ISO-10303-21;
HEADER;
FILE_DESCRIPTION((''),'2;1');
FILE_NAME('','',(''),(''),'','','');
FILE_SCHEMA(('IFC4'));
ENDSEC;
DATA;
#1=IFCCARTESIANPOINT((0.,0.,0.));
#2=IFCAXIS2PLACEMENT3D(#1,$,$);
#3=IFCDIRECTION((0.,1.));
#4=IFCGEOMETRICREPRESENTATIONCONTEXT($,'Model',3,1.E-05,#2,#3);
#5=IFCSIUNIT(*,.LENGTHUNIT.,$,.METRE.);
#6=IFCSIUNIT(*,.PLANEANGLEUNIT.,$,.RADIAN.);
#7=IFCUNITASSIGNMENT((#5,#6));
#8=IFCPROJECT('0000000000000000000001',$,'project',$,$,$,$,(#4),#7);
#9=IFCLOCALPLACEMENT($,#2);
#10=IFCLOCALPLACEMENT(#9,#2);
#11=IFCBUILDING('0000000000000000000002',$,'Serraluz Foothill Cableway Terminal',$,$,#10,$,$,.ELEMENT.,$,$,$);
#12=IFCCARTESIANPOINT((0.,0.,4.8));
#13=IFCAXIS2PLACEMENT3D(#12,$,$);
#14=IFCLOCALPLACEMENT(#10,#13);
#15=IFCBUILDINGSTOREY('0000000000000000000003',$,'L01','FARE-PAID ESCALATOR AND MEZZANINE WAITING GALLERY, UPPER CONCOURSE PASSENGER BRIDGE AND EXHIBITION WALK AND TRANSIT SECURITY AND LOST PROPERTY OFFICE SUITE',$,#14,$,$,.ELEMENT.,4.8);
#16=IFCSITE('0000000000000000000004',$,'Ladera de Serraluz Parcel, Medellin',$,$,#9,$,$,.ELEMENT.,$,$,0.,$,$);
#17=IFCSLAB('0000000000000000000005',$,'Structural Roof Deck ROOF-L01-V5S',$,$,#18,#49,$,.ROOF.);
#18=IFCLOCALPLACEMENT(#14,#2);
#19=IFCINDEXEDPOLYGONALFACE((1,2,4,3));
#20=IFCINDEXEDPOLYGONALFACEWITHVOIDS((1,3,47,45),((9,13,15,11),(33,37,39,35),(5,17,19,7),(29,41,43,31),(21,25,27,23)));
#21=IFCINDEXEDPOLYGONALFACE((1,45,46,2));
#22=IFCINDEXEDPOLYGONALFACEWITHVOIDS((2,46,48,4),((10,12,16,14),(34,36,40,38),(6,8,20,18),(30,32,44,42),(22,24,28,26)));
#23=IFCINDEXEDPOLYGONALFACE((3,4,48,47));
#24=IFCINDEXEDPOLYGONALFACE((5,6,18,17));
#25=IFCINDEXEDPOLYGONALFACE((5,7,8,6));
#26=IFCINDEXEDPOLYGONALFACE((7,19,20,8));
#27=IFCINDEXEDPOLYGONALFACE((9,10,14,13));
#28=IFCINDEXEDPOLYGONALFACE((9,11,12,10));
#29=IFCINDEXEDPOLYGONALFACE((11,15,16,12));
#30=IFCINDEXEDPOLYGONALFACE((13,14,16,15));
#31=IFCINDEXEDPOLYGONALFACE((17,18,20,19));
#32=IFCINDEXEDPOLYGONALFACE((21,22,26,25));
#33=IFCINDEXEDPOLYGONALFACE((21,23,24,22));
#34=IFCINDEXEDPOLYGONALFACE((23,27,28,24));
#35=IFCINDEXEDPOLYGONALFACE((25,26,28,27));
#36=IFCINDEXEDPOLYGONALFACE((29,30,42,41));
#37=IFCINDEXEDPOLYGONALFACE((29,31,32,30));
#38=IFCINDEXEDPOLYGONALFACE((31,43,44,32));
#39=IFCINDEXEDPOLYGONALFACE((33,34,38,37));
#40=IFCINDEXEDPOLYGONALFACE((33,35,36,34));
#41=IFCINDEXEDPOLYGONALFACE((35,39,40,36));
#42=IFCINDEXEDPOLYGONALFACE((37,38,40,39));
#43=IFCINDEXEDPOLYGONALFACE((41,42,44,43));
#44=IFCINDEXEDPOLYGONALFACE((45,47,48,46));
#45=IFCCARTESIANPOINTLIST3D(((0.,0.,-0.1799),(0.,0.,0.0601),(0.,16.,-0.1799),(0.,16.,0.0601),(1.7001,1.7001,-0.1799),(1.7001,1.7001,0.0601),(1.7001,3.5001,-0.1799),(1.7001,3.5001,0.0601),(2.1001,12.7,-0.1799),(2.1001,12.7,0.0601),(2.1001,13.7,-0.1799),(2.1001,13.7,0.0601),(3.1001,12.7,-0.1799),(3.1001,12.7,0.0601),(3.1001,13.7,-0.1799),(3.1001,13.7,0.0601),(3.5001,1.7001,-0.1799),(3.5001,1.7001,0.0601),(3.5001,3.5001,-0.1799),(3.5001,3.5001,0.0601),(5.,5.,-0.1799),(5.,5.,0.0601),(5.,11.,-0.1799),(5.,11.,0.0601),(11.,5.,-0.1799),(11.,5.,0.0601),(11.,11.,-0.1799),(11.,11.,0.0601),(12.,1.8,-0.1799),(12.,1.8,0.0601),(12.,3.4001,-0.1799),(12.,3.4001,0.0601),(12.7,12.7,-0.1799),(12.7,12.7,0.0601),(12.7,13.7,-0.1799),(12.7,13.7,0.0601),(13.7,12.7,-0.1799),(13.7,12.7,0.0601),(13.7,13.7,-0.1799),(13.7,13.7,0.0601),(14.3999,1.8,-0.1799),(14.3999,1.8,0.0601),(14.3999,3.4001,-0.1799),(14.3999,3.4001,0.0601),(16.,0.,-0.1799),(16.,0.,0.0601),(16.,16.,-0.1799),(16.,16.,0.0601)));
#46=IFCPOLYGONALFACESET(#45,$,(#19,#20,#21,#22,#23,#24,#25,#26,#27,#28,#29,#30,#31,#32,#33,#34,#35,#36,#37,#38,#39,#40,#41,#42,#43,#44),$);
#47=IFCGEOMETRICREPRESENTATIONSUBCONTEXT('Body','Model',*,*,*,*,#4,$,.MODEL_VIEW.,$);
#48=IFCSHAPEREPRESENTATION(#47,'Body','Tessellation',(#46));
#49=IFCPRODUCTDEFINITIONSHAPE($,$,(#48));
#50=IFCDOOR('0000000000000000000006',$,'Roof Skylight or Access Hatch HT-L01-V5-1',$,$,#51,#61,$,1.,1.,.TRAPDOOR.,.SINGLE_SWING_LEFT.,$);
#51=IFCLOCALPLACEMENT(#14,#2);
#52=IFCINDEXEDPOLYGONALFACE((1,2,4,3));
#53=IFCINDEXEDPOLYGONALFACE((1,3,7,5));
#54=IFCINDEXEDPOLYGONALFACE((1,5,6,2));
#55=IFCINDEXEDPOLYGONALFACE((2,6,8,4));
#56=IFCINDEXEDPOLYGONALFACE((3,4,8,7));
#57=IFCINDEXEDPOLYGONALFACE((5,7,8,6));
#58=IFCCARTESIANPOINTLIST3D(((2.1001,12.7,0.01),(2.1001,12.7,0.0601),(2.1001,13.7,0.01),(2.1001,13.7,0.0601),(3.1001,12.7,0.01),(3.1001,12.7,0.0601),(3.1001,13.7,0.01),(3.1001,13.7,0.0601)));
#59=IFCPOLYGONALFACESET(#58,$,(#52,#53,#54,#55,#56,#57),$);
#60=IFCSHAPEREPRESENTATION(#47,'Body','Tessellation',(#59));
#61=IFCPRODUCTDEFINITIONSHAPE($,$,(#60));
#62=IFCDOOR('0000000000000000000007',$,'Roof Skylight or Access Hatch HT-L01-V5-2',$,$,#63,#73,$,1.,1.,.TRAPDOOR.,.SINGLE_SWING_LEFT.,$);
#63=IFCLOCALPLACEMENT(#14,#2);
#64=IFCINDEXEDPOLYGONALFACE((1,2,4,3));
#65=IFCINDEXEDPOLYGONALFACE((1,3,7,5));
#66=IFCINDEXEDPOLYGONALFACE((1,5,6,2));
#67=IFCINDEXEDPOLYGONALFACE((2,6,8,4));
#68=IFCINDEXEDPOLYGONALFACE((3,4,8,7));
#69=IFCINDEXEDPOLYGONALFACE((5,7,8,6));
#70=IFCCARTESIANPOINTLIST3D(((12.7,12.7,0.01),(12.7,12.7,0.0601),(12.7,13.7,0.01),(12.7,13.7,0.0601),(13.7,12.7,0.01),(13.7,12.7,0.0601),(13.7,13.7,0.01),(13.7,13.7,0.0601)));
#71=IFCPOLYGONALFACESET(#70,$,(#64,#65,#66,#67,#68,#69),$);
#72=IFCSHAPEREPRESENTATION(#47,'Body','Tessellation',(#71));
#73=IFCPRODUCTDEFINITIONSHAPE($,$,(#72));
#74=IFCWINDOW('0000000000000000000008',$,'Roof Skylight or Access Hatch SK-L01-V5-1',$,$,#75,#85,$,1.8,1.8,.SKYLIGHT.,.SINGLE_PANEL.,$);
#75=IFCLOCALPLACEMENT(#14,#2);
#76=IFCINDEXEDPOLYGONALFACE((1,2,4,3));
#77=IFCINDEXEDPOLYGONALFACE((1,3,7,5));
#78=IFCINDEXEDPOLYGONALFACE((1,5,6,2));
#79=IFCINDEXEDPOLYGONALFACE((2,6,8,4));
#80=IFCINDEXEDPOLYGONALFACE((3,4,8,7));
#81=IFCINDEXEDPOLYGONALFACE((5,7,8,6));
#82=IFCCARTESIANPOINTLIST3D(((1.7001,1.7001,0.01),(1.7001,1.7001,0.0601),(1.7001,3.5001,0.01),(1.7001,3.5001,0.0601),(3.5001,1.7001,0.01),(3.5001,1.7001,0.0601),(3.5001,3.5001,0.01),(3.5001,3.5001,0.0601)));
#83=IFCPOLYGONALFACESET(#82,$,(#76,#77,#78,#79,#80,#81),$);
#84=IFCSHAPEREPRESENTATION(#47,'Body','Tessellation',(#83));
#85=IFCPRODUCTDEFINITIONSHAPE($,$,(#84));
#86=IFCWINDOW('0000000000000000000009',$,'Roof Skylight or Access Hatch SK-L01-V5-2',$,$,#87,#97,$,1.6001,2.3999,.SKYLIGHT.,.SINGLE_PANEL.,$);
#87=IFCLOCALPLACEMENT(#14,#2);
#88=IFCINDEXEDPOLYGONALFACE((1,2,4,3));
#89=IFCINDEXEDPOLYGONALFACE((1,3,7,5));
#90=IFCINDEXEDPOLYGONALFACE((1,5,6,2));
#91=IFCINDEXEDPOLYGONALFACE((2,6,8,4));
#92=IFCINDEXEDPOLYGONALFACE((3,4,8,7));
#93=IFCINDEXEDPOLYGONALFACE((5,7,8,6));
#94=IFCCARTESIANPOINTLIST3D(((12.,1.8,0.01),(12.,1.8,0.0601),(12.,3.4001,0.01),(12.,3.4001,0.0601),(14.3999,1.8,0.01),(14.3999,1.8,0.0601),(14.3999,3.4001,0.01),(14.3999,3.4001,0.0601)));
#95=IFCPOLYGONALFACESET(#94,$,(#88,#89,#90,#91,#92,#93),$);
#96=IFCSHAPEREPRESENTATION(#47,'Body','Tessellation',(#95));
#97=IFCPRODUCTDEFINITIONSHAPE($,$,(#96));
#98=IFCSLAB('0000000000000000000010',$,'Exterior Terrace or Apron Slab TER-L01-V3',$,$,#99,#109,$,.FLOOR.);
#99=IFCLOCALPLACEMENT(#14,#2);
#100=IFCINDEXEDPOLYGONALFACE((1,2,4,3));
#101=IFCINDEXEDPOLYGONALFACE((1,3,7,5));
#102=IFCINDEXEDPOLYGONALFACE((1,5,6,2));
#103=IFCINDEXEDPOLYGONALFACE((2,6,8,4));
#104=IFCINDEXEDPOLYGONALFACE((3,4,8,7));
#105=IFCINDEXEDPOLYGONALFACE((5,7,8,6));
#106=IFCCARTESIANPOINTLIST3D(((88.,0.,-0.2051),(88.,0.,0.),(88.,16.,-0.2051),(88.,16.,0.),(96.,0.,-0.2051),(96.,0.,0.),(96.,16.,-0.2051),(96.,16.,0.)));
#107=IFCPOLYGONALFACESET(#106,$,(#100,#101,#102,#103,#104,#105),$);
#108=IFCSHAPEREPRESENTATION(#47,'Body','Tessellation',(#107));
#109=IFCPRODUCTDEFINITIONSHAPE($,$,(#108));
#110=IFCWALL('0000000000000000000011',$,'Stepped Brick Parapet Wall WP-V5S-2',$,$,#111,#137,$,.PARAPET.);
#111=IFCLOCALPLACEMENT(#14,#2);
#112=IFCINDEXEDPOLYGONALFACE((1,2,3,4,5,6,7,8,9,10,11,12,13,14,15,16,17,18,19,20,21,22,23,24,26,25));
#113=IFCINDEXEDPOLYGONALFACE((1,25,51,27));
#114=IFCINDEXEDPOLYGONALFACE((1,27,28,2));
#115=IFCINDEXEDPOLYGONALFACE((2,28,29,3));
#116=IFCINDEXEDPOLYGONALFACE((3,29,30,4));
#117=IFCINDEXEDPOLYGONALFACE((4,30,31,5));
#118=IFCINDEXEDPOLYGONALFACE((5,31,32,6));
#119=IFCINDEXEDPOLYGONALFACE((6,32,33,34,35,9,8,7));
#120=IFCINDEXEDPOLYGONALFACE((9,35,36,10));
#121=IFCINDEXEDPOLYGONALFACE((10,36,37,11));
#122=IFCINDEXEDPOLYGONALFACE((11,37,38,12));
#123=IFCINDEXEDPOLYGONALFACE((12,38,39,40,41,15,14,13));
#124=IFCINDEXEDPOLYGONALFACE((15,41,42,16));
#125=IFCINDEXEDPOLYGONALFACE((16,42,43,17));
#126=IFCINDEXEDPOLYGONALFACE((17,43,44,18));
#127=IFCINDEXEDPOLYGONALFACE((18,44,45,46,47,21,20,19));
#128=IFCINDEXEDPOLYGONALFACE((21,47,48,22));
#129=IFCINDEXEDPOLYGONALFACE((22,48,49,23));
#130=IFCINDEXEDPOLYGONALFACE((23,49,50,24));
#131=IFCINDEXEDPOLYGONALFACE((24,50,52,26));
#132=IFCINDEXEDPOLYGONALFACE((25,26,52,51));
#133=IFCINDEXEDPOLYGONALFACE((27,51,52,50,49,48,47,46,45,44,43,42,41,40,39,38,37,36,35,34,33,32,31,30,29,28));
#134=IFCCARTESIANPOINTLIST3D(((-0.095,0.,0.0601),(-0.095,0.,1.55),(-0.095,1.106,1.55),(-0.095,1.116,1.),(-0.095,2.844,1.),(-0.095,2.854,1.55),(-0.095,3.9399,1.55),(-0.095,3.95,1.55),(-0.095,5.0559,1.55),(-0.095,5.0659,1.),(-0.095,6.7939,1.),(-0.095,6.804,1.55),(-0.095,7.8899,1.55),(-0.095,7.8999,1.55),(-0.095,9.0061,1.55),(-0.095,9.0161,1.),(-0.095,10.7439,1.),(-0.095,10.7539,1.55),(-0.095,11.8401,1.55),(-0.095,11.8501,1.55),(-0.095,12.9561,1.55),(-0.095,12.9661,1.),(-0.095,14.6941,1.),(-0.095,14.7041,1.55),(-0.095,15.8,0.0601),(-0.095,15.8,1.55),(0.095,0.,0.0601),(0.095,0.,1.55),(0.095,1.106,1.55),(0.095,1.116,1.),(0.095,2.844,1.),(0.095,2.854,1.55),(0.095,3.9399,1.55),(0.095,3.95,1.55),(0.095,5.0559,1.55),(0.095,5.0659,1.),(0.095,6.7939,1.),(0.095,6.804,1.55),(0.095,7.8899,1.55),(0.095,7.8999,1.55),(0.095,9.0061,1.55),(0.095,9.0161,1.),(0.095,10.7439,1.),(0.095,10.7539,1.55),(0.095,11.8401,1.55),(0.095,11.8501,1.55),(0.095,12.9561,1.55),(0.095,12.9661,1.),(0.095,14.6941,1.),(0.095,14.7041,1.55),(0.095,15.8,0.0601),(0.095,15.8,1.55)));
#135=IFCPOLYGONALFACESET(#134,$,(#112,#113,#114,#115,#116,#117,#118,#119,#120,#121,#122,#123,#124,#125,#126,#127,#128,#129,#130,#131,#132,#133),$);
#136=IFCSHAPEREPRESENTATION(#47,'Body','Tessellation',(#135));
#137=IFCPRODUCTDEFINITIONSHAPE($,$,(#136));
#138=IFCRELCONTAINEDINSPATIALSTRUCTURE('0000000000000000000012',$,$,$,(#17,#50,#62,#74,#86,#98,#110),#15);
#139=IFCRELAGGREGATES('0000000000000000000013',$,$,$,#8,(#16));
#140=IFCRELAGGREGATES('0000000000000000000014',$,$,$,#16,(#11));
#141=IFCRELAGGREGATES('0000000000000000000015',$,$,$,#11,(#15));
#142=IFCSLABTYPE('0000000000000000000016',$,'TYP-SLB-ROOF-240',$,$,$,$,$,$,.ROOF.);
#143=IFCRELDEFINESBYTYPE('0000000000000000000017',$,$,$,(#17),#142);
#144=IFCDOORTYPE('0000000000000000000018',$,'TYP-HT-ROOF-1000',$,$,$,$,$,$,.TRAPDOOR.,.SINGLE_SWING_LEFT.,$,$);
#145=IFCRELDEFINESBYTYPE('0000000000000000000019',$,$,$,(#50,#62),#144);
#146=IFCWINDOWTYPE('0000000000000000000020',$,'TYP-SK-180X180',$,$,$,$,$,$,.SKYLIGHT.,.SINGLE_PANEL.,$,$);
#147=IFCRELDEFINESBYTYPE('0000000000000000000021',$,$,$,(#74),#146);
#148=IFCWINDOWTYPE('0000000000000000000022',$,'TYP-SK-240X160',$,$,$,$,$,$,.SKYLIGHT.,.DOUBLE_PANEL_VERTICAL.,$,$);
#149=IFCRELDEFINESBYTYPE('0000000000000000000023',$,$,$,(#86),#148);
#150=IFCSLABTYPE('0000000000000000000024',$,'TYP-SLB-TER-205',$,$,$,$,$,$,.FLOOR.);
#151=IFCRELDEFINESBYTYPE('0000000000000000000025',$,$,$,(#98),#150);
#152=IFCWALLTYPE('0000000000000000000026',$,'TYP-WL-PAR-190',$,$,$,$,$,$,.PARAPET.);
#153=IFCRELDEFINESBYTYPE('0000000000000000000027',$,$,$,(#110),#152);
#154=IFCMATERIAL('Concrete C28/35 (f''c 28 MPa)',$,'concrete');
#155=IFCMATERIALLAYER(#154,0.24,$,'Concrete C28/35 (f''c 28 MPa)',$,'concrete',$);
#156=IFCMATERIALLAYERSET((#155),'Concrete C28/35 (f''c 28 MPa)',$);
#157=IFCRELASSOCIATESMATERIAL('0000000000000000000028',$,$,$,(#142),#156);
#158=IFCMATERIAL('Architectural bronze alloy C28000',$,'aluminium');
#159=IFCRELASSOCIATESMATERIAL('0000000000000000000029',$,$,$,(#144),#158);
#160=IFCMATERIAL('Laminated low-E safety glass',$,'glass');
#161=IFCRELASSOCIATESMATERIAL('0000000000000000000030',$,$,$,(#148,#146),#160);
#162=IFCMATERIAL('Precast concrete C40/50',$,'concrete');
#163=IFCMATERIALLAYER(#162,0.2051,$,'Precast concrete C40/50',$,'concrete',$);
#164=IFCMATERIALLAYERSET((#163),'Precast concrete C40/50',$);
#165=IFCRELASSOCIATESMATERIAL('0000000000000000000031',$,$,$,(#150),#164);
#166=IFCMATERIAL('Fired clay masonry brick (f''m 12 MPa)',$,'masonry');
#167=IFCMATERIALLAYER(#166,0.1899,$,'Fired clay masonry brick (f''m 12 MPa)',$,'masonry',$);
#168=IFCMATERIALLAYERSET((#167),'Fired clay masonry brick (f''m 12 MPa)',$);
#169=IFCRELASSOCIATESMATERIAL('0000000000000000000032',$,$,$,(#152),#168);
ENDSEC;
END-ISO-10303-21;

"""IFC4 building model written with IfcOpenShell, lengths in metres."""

from ifc_helpers import new_model, si_unit, direction, frame, origin, origin_2d, place, context, subcontext, project, spatial, polyline, rectangle, outline, extrude, material, layer, layer_set, type_object, element, fill, save


model = new_model("IFC4")

# Units and contexts
model_context = context("Model", 3, precision=1e-05, world=origin(), true_north=direction((0.0, 1.0)))
body_context = subcontext(model_context, "Body", "Model", "MODEL_VIEW")
ifc_project = project(units=[si_unit("LENGTHUNIT", "METRE"), si_unit("PLANEANGLEUNIT", "RADIAN")], contexts=[model_context])

# Site, building, storey
site_placement = place(None, origin())
site = spatial("IfcSite", under=ifc_project, at=site_placement, Name="Ladera de Serraluz Parcel, Medellin", CompositionType="ELEMENT", RefElevation=0.0)
building_placement = place(site_placement, origin())
building = spatial("IfcBuilding", under=site, at=building_placement, Name="Serraluz Foothill Cableway Terminal", CompositionType="ELEMENT")
storey_placement = place(building_placement, frame((0.0, 0.0, 4.8)))
storey = spatial("IfcBuildingStorey", under=building, at=storey_placement, Name="L01", Description="FARE-PAID ESCALATOR AND MEZZANINE WAITING GALLERY, UPPER CONCOURSE PASSENGER BRIDGE AND EXHIBITION WALK AND TRANSIT SECURITY AND LOST PROPERTY OFFICE SUITE", CompositionType="ELEMENT", Elevation=4.8)

# Shared definitions
ifc_material_1 = material(Name="Concrete C28/35 (f'c 28 MPa)", Category="concrete")

# Shared definitions
ifc_layer_1 = layer(ifc_material_1, 0.24, Name="Concrete C28/35 (f'c 28 MPa)", Category="concrete")
ifc_layer_set_1 = layer_set([ifc_layer_1], Name="Concrete C28/35 (f'c 28 MPa)")
slab_type_1 = type_object("IfcSlabType", Name="TYP-SLB-ROOF-240", PredefinedType="ROOF", material=ifc_layer_set_1)
ifc_material_2 = material(Name="Architectural bronze alloy C28000", Category="aluminium")
door_type_1 = type_object("IfcDoorType", Name="TYP-HT-ROOF-1000", OperationType="SINGLE_SWING_LEFT", PredefinedType="TRAPDOOR", material=ifc_material_2)
ifc_material_3 = material(Name="Laminated low-E safety glass", Category="glass")

# Shared definitions
window_type_1 = type_object("IfcWindowType", Name="TYP-SK-240X160", PartitioningType="DOUBLE_PANEL_VERTICAL", PredefinedType="SKYLIGHT", material=ifc_material_3)

# Slab, openings, doors, windows
window_type_2 = type_object("IfcWindowType", Name="TYP-SK-180X180", PartitioningType="SINGLE_PANEL", PredefinedType="SKYLIGHT", material=ifc_material_3)
slab_1_placement = place(storey_placement, frame((0.0, 0.0, -0.1799)))
slab_1 = element("IfcSlab", 1, at=slab_1_placement, inside=storey, type_object=slab_type_1, Name="Structural Roof Deck ROOF-L01-V5S", PredefinedType="ROOF", context=body_context, shape_type="SweptSolid", body=[
    extrude(outline(polyline([(0.0, 0.0), (16.0, 0.0), (16.0, 16.0), (0.0, 16.0), (0.0, 0.0)]), holes=[polyline([(5.0, 5.0), (11.0, 5.0), (11.0, 11.0), (5.0, 11.0), (5.0, 5.0)])]), origin(), (0.0, 0.0, 1.0), 0.24),
])
opening_1_placement = place(slab_1_placement, frame((2.6001, 2.6001, -0.01)))
opening_1 = element("IfcOpeningElement", 2, at=opening_1_placement, cuts=slab_1, PredefinedType="OPENING", context=body_context, shape_type="SweptSolid", body=[
    extrude(rectangle(XDim=1.8, YDim=1.8, at=origin_2d()), origin(), (0.0, 0.0, 1.0), 0.26),
])
opening_2_placement = place(slab_1_placement, frame((13.2, 2.6001, -0.01)))
opening_2 = element("IfcOpeningElement", 3, at=opening_2_placement, cuts=slab_1, PredefinedType="OPENING", context=body_context, shape_type="SweptSolid", body=[
    extrude(rectangle(XDim=2.3999, YDim=1.6001, at=origin_2d()), origin(), (0.0, 0.0, 1.0), 0.26),
])
opening_3_placement = place(slab_1_placement, frame((2.6001, 13.2, -0.01)))
opening_3 = element("IfcOpeningElement", 4, at=opening_3_placement, cuts=slab_1, PredefinedType="OPENING", context=body_context, shape_type="SweptSolid", body=[
    extrude(rectangle(XDim=1.0, YDim=1.0, at=origin_2d()), origin(), (0.0, 0.0, 1.0), 0.26),
])
opening_4_placement = place(slab_1_placement, frame((13.2, 13.2, -0.01)))
opening_4 = element("IfcOpeningElement", 5, at=opening_4_placement, cuts=slab_1, PredefinedType="OPENING", context=body_context, shape_type="SweptSolid", body=[
    extrude(rectangle(XDim=1.0, YDim=1.0, at=origin_2d()), origin(), (0.0, 0.0, 1.0), 0.26),
])
door_1_placement = place(slab_1_placement, frame((2.6001, 13.2, 0.1899)))
door_1 = element("IfcDoor", 6, at=door_1_placement, inside=storey, type_object=door_type_1, Name="Roof Skylight or Access Hatch HT-L01-V5-1", OperationType="SINGLE_SWING_LEFT", OverallHeight=1.0, OverallWidth=1.0, PredefinedType="TRAPDOOR", context=body_context, shape_type="SweptSolid", body=[
    extrude(rectangle(XDim=1.0, YDim=1.0, at=origin_2d()), origin(), (0.0, 0.0, 1.0), 0.05),
])
fill(opening_3, door_1)
door_2_placement = place(slab_1_placement, frame((13.2, 13.2, 0.1899)))
door_2 = element("IfcDoor", 7, at=door_2_placement, inside=storey, type_object=door_type_1, Name="Roof Skylight or Access Hatch HT-L01-V5-2", OperationType="SINGLE_SWING_LEFT", OverallHeight=1.0, OverallWidth=1.0, PredefinedType="TRAPDOOR", context=body_context, shape_type="SweptSolid", body=[
    extrude(rectangle(XDim=1.0, YDim=1.0, at=origin_2d()), origin(), (0.0, 0.0, 1.0), 0.05),
])
fill(opening_4, door_2)
window_1_placement = place(slab_1_placement, frame((2.6001, 2.6001, 0.1899)))
window_1 = element("IfcWindow", 8, at=window_1_placement, inside=storey, type_object=window_type_2, Name="Roof Skylight or Access Hatch SK-L01-V5-1", OverallHeight=1.8, OverallWidth=1.8, PartitioningType="SINGLE_PANEL", PredefinedType="SKYLIGHT", context=body_context, shape_type="SweptSolid", body=[
    extrude(rectangle(XDim=1.8, YDim=1.8, at=origin_2d()), origin(), (0.0, 0.0, 1.0), 0.05),
])
fill(opening_1, window_1)
window_2_placement = place(slab_1_placement, frame((13.2, 2.6001, 0.1899)))
window_2 = element("IfcWindow", 9, at=window_2_placement, inside=storey, type_object=window_type_1, Name="Roof Skylight or Access Hatch SK-L01-V5-2", OverallHeight=1.6001, OverallWidth=2.3999, PartitioningType="SINGLE_PANEL", PredefinedType="SKYLIGHT", context=body_context, shape_type="SweptSolid", body=[
    extrude(rectangle(XDim=2.3999, YDim=1.6001, at=origin_2d()), origin(), (0.0, 0.0, 1.0), 0.05),
])
fill(opening_2, window_2)

# Slab
ifc_material_4 = material(Name="Precast concrete C40/50", Category="concrete")
ifc_layer_2 = layer(ifc_material_4, 0.2051, Name="Precast concrete C40/50", Category="concrete")
ifc_layer_set_2 = layer_set([ifc_layer_2], Name="Precast concrete C40/50")
slab_type_2 = type_object("IfcSlabType", Name="TYP-SLB-TER-205", PredefinedType="FLOOR", material=ifc_layer_set_2)
slab_2_placement = place(storey_placement, frame((0.0, 0.0, -0.2051)))
element("IfcSlab", 10, at=slab_2_placement, inside=storey, type_object=slab_type_2, Name="Exterior Terrace or Apron Slab TER-L01-V3", PredefinedType="FLOOR", context=body_context, shape_type="SweptSolid", body=[
    extrude(outline(polyline([(88.0, 0.0), (96.0, 0.0), (96.0, 16.0), (88.0, 16.0), (88.0, 0.0)])), origin(), (0.0, 0.0, 1.0), 0.2051),
])

# Wall
ifc_material_5 = material(Name="Fired clay masonry brick (f'm 12 MPa)", Category="masonry")
ifc_layer_3 = layer(ifc_material_5, 0.1899, Name="Fired clay masonry brick (f'm 12 MPa)", Category="masonry")
ifc_layer_set_3 = layer_set([ifc_layer_3], Name="Fired clay masonry brick (f'm 12 MPa)")
wall_type = type_object("IfcWallType", Name="TYP-WL-PAR-190", PredefinedType="PARAPET", material=ifc_layer_set_3)
wall_placement = place(storey_placement, frame((0.0, 0.0, 0.0601), z_axis=(0.0, 0.0, 1.0), x_axis=(0.0, 1.0, 0.0)))
element("IfcWall", 11, at=wall_placement, inside=storey, type_object=wall_type, Name="Stepped Brick Parapet Wall WP-V5S-2", PredefinedType="PARAPET", context=body_context, shape_type="SweptSolid", body=[
    extrude(outline(polyline([(0.0, 0.0), (15.8, 0.0), (15.8, 1.49), (14.7041, 1.49), (14.6941, 0.9399), (12.9661, 0.9399), (12.9561, 1.49), (11.8501, 1.49), (11.8401, 1.49), (10.7539, 1.49), (10.7439, 0.9399), (9.0161, 0.9399), (9.0061, 1.49), (7.8999, 1.49), (7.8899, 1.49), (6.804, 1.49), (6.7939, 0.9399), (5.0659, 0.9399), (5.0559, 1.49), (3.95, 1.49), (3.9399, 1.49), (2.854, 1.49), (2.844, 0.9399), (1.116, 0.9399), (1.106, 1.49), (0.0, 1.49), (0.0, 0.0)])), frame((0.0, 0.095, 0.0), z_axis=(0.0, -1.0, 0.0), x_axis=(1.0, 0.0, 0.0)), (0.0, 0.0, 1.0), 0.1899),
])

save(model, "model.ifc")
